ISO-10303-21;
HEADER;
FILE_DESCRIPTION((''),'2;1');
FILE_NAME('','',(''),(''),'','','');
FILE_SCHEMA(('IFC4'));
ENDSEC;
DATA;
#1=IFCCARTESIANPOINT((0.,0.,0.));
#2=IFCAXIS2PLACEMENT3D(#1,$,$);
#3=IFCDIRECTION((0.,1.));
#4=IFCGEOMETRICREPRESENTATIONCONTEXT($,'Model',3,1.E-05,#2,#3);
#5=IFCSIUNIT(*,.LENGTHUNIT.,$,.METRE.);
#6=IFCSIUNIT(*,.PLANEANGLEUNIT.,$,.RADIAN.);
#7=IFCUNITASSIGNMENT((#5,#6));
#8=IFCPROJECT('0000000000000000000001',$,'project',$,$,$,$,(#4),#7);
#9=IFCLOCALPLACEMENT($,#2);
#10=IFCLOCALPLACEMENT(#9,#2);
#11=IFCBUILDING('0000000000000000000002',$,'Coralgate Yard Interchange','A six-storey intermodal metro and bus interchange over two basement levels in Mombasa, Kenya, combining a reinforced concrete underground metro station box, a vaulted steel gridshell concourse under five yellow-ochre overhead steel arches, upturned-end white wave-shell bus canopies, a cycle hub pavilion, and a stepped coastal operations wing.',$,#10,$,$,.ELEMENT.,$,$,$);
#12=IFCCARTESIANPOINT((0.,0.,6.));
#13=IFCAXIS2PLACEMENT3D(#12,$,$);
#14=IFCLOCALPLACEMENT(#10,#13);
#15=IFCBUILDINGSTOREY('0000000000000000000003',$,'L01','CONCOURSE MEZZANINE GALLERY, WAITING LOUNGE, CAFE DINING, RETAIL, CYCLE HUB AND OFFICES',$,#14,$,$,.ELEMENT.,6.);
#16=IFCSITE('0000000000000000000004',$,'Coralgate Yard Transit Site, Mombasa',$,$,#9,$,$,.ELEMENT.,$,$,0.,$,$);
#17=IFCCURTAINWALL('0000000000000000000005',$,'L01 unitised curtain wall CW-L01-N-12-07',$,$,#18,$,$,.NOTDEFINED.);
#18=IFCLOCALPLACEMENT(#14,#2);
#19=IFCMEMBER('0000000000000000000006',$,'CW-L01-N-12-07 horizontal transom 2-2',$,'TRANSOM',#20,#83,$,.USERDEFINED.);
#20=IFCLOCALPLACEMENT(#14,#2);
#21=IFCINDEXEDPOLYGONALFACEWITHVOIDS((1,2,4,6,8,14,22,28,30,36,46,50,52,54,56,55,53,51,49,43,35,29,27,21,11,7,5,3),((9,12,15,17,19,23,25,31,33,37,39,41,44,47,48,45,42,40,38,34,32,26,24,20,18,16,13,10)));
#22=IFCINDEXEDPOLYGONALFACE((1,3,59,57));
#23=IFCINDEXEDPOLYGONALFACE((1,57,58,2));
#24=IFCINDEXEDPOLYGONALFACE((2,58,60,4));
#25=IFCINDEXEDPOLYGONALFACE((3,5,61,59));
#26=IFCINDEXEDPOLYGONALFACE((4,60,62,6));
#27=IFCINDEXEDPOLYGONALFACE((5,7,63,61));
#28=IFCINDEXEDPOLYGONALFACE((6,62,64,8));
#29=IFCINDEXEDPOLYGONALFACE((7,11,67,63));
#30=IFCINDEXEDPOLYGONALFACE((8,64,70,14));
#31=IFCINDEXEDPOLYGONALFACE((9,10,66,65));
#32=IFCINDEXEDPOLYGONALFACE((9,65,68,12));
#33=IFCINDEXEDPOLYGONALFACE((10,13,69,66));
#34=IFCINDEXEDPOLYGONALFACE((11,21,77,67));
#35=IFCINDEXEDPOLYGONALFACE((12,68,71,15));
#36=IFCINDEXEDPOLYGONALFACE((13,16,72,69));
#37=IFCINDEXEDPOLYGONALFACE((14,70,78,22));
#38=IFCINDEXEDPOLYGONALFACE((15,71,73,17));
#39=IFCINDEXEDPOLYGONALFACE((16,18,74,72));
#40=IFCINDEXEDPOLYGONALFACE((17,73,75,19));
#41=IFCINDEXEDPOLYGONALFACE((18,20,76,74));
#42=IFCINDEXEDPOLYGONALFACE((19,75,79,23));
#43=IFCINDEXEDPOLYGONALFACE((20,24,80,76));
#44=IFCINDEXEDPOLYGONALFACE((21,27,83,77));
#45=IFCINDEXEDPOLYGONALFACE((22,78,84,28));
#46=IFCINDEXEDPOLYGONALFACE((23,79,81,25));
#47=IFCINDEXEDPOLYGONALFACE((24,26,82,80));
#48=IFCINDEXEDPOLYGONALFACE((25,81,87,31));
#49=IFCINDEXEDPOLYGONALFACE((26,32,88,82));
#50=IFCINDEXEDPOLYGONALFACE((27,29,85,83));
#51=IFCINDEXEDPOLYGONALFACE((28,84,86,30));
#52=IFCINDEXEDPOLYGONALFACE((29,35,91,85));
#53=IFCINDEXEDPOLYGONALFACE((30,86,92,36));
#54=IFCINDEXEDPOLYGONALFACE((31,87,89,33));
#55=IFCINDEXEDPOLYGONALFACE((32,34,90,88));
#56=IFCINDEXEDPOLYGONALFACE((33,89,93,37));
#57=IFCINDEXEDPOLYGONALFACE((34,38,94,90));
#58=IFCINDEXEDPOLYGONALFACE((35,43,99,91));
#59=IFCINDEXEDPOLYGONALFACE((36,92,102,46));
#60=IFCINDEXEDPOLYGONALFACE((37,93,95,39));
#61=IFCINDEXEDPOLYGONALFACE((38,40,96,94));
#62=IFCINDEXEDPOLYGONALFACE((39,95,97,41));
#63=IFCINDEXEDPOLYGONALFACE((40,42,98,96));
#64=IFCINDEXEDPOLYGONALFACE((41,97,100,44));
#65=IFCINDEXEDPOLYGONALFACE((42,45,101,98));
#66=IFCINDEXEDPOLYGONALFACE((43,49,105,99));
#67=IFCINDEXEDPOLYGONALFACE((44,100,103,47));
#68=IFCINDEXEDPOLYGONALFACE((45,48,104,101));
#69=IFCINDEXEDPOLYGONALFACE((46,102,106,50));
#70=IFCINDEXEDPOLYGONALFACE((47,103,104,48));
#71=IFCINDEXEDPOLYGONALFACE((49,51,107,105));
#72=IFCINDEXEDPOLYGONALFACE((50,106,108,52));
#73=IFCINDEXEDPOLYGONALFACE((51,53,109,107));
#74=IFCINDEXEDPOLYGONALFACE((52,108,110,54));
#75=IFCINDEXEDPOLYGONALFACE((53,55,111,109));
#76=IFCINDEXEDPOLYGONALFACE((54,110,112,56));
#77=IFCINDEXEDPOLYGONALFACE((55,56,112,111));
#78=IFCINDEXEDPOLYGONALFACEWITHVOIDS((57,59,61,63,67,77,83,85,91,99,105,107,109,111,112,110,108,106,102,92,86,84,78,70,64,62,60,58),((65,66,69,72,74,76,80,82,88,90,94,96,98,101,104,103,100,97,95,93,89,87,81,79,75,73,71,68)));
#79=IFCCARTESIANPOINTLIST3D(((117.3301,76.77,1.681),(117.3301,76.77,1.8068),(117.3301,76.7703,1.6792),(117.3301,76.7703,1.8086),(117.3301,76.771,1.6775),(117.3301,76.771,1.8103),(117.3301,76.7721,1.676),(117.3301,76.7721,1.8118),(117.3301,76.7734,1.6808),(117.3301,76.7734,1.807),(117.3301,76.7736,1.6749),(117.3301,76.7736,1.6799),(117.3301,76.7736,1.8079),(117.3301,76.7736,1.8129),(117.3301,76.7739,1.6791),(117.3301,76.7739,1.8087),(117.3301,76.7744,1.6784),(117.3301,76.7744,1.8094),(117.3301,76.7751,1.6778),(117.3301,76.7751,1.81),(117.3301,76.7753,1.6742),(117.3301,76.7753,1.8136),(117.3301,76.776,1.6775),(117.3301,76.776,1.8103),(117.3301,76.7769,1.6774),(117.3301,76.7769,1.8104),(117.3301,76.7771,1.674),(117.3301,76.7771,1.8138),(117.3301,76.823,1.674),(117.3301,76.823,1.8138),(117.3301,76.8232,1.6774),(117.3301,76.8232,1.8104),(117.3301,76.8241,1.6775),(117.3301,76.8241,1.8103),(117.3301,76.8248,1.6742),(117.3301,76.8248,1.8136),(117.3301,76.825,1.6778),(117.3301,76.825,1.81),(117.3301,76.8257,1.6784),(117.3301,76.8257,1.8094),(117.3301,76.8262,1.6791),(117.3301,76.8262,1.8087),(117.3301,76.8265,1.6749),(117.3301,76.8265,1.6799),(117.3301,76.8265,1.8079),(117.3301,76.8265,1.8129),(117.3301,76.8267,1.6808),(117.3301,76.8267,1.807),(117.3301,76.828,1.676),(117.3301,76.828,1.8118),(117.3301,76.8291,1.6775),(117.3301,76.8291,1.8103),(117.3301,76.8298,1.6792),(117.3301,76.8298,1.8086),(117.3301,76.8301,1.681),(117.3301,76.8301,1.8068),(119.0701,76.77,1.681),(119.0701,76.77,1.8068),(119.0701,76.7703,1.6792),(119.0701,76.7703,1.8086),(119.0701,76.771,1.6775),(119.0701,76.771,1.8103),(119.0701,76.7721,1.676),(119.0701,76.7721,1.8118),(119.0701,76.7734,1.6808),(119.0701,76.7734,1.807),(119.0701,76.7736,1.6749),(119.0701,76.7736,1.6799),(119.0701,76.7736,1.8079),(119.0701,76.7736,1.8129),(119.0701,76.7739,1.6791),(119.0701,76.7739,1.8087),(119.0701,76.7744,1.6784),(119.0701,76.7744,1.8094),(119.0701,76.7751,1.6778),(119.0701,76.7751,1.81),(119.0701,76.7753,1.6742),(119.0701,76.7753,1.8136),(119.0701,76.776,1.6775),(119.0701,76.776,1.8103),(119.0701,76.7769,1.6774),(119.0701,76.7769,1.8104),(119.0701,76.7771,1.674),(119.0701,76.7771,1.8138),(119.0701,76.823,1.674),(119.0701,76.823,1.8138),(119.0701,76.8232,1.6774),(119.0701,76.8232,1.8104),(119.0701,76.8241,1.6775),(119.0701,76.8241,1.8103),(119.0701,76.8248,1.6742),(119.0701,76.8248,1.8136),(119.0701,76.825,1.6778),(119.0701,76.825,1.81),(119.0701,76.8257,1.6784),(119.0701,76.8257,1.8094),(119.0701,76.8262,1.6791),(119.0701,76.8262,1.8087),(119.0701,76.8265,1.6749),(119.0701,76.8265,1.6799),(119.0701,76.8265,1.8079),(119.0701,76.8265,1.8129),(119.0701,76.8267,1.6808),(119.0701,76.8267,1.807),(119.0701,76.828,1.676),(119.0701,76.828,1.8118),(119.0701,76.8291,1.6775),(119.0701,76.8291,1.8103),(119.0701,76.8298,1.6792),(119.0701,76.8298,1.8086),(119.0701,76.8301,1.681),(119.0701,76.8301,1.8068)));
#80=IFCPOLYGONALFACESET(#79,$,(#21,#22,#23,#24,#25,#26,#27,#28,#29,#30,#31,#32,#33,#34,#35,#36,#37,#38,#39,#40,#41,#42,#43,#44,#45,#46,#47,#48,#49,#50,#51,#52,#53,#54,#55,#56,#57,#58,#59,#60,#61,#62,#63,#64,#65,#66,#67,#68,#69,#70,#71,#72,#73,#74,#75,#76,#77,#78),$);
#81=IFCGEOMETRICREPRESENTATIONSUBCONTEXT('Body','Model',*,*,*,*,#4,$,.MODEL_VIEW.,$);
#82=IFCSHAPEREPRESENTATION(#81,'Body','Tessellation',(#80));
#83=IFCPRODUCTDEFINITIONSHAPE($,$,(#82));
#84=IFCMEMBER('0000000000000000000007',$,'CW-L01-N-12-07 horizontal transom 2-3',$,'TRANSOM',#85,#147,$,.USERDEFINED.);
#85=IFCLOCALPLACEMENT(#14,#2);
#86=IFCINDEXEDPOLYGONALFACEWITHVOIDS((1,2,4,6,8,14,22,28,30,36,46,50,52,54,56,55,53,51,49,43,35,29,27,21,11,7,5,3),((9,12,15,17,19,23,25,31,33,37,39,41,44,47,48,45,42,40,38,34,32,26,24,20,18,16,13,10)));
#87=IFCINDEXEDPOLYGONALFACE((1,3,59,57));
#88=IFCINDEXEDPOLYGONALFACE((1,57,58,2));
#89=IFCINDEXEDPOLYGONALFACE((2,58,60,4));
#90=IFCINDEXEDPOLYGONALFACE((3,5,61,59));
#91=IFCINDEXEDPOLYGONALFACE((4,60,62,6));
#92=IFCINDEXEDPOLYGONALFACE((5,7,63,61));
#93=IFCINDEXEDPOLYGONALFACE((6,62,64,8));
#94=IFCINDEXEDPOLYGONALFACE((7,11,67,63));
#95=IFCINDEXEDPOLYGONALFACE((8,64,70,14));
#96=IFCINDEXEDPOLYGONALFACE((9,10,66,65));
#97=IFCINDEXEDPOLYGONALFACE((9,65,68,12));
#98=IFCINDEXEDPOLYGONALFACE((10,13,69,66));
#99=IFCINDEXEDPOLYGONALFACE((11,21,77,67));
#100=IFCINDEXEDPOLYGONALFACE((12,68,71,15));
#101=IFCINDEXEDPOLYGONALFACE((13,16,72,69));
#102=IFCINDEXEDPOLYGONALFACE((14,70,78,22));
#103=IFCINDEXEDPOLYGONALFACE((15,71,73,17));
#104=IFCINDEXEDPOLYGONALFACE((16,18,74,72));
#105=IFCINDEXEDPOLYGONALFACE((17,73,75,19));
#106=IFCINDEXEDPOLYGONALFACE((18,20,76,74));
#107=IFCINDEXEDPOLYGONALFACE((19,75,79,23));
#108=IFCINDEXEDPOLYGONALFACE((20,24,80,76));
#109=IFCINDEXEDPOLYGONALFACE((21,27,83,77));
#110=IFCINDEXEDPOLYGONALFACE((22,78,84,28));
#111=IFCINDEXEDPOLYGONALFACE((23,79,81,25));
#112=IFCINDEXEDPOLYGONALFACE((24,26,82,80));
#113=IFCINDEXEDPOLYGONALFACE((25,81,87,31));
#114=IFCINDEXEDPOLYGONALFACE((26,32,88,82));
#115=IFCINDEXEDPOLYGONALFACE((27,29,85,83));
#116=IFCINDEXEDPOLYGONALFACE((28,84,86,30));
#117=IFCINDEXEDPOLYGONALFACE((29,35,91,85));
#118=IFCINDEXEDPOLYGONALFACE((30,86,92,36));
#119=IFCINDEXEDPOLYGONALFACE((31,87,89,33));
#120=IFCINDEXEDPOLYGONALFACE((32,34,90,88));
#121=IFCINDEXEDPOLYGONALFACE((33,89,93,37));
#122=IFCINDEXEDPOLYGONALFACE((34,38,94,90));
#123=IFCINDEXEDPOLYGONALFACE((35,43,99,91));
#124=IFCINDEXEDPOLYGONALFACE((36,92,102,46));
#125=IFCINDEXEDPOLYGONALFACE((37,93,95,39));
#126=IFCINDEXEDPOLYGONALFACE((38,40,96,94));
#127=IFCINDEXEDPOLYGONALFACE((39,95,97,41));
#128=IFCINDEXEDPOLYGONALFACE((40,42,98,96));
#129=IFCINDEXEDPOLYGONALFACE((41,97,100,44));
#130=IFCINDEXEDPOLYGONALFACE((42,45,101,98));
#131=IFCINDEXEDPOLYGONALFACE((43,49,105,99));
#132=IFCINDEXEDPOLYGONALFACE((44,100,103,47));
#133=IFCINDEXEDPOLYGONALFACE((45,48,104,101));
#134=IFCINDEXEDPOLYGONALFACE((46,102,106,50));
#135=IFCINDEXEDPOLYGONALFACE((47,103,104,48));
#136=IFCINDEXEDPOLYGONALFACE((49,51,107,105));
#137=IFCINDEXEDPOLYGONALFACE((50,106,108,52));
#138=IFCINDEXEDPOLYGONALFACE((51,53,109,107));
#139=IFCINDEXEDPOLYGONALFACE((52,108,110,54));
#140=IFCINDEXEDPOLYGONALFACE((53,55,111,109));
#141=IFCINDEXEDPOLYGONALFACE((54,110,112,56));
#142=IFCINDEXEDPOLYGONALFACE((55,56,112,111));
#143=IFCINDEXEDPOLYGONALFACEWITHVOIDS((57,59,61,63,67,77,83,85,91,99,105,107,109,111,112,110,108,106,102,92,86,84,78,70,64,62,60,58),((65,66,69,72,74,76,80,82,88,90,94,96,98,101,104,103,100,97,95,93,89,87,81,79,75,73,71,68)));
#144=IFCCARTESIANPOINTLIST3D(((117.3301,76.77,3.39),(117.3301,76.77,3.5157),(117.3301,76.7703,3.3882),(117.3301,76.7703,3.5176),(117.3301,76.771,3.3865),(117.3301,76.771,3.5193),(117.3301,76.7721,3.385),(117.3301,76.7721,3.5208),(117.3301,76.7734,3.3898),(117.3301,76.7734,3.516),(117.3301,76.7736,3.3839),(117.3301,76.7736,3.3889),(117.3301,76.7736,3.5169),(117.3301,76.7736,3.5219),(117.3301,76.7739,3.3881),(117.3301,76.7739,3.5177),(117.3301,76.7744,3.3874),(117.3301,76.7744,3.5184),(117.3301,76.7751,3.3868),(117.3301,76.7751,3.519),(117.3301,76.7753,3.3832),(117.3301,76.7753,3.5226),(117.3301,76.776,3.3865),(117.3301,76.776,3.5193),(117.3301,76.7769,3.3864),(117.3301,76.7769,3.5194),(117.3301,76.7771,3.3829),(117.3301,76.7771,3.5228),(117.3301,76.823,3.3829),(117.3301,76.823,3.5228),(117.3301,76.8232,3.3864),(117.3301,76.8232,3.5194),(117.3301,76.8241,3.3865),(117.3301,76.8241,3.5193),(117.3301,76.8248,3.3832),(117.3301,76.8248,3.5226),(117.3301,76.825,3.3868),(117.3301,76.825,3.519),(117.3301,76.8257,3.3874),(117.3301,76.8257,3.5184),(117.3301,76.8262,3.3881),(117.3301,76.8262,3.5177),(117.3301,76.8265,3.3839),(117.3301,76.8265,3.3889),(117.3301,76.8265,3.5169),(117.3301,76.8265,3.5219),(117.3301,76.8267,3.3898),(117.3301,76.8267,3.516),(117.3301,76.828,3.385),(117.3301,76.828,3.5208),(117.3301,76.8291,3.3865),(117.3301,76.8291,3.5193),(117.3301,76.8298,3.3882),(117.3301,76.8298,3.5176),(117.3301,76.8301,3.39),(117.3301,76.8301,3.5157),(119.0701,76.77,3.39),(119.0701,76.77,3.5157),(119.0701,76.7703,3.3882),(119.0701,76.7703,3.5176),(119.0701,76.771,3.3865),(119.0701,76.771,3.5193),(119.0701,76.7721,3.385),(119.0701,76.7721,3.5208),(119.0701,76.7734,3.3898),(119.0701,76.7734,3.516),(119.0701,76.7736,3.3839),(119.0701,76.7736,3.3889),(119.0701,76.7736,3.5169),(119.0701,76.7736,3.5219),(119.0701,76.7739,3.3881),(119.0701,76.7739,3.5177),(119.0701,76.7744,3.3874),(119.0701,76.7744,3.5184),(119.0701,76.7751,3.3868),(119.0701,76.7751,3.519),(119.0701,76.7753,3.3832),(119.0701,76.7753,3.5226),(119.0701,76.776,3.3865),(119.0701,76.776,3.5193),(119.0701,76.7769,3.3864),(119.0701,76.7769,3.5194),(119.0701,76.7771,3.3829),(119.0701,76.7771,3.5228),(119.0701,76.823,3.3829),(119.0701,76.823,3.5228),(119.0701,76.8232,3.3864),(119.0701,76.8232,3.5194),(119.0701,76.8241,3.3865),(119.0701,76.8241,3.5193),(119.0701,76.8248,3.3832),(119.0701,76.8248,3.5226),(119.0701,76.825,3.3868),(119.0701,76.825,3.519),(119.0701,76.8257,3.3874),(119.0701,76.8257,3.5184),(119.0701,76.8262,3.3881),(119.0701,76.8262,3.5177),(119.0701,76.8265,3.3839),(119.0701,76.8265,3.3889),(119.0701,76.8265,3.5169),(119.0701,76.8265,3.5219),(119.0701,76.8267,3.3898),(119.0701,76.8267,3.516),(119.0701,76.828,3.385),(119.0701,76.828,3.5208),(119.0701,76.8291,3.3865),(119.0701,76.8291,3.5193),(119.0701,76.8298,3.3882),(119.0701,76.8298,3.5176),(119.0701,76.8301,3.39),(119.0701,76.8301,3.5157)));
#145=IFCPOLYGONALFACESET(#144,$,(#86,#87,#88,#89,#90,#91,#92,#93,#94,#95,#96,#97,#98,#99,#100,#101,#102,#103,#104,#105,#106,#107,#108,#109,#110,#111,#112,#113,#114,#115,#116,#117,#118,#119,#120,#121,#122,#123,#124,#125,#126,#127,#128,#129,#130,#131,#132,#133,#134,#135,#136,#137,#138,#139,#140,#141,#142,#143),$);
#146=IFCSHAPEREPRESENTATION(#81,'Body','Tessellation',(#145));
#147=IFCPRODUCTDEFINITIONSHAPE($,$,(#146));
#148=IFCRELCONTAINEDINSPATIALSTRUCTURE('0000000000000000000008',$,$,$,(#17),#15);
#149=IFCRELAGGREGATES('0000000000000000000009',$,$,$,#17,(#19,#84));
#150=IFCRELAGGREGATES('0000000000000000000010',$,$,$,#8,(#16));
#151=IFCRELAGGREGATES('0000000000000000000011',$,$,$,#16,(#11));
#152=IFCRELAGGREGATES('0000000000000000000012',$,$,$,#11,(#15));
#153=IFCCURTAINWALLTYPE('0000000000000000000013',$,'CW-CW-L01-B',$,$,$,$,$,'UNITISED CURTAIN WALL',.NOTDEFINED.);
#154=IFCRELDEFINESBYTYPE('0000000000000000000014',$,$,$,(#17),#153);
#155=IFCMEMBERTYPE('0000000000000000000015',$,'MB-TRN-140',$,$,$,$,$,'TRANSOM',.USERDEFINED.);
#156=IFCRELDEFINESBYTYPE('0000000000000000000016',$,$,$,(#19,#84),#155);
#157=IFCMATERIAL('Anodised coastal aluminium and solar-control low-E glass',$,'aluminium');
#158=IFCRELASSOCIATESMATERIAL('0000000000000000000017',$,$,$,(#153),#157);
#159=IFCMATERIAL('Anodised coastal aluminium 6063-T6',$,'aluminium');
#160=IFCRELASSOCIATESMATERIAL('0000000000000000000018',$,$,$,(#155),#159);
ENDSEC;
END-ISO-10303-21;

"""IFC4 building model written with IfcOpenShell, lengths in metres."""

from ifc_helpers import new_model, si_unit, direction, frame, origin, origin_2d, place, context, subcontext, project, spatial, hollow_rectangle, extrude, material, material_profile, profile_set, type_object, element, aggregate, save


model = new_model("IFC4")

# Units and contexts
model_context = context("Model", 3, precision=1e-05, world=origin(), true_north=direction((0.0, 1.0)))
body_context = subcontext(model_context, "Body", "Model", "MODEL_VIEW")
ifc_project = project(units=[si_unit("LENGTHUNIT", "METRE"), si_unit("PLANEANGLEUNIT", "RADIAN")], contexts=[model_context])

# Site, building, storey
site_placement = place(None, origin())
site = spatial("IfcSite", under=ifc_project, at=site_placement, Name="Coralgate Yard Transit Site, Mombasa", CompositionType="ELEMENT", RefElevation=0.0)
building_placement = place(site_placement, origin())
building = spatial("IfcBuilding", under=site, at=building_placement, Name="Coralgate Yard Interchange", Description="A six-storey intermodal metro and bus interchange over two basement levels in Mombasa, Kenya, combining a reinforced concrete underground metro station box, a vaulted steel gridshell concourse under five yellow-ochre overhead steel arches, upturned-end white wave-shell bus canopies, a cycle hub pavilion, and a stepped coastal operations wing.", CompositionType="ELEMENT")
storey_placement = place(building_placement, frame((0.0, 0.0, 6.0)))
storey = spatial("IfcBuildingStorey", under=building, at=storey_placement, Name="L01", Description="CONCOURSE MEZZANINE GALLERY, WAITING LOUNGE, CAFE DINING, RETAIL, CYCLE HUB AND OFFICES", CompositionType="ELEMENT", Elevation=6.0)

# Shared definitions
ifc_material_1 = material(Name="Anodised coastal aluminium and solar-control low-E glass", Category="aluminium")
curtain_wall_type = type_object("IfcCurtainWallType", Name="CW-CW-L01-B", ElementType="UNITISED CURTAIN WALL", PredefinedType="NOTDEFINED", material=ifc_material_1)
ifc_material_2 = material(Name="Anodised coastal aluminium 6063-T6", Category="aluminium")

# Curtain wall, members
curtain_wall_1_placement = place(storey_placement, origin())
curtain_wall_1 = element("IfcCurtainWall", 1, at=curtain_wall_1_placement, inside=storey, type_object=curtain_wall_type, Name="L01 unitised curtain wall CW-L01-N-12-07", PredefinedType="NOTDEFINED")
ifc_material_profile_1 = material_profile(ifc_material_2, hollow_rectangle(XDim=0.0601, YDim=0.1399, WallThickness=0.0034, InnerFilletRadius=0.0034, OuterFilletRadius=0.0071, at=origin_2d()), Name="ALU 60x140x3.5")
ifc_profile_set_1 = profile_set([ifc_material_profile_1], Name="Anodised coastal aluminium 6063-T6")
member_type_1 = type_object("IfcMemberType", Name="MB-TRN-140", ElementType="TRANSOM", PredefinedType="USERDEFINED", material=ifc_profile_set_1)
member_1_placement = place(storey_placement, frame((117.3301, 76.8, 1.7439), z_axis=(1.0, 0.0, 0.0), x_axis=(0.0, 1.0, 0.0)))
member_1 = element("IfcMember", 2, at=member_1_placement, type_object=member_type_1, Name="CW-L01-N-12-07 horizontal transom 2-2", ObjectType="TRANSOM", PredefinedType="USERDEFINED", context=body_context, shape_type="SweptSolid", body=[
    extrude(hollow_rectangle(XDim=0.0601, YDim=0.1399, WallThickness=0.0034, InnerFilletRadius=0.0034, OuterFilletRadius=0.0071, at=origin_2d()), origin(), (0.0, 0.0, 1.0), 1.74),
])
member_2_placement = place(storey_placement, frame((117.3301, 76.8, 3.4529), z_axis=(1.0, 0.0, 0.0), x_axis=(0.0, 1.0, 0.0)))
member_2 = element("IfcMember", 3, at=member_2_placement, type_object=member_type_1, Name="CW-L01-N-12-07 horizontal transom 2-3", ObjectType="TRANSOM", PredefinedType="USERDEFINED", context=body_context, shape_type="SweptSolid", body=[
    extrude(hollow_rectangle(XDim=0.0601, YDim=0.1399, WallThickness=0.0034, InnerFilletRadius=0.0034, OuterFilletRadius=0.0071, at=origin_2d()), origin(), (0.0, 0.0, 1.0), 1.74),
])
aggregate(curtain_wall_1, [member_1, member_2])

save(model, "model.ifc")
